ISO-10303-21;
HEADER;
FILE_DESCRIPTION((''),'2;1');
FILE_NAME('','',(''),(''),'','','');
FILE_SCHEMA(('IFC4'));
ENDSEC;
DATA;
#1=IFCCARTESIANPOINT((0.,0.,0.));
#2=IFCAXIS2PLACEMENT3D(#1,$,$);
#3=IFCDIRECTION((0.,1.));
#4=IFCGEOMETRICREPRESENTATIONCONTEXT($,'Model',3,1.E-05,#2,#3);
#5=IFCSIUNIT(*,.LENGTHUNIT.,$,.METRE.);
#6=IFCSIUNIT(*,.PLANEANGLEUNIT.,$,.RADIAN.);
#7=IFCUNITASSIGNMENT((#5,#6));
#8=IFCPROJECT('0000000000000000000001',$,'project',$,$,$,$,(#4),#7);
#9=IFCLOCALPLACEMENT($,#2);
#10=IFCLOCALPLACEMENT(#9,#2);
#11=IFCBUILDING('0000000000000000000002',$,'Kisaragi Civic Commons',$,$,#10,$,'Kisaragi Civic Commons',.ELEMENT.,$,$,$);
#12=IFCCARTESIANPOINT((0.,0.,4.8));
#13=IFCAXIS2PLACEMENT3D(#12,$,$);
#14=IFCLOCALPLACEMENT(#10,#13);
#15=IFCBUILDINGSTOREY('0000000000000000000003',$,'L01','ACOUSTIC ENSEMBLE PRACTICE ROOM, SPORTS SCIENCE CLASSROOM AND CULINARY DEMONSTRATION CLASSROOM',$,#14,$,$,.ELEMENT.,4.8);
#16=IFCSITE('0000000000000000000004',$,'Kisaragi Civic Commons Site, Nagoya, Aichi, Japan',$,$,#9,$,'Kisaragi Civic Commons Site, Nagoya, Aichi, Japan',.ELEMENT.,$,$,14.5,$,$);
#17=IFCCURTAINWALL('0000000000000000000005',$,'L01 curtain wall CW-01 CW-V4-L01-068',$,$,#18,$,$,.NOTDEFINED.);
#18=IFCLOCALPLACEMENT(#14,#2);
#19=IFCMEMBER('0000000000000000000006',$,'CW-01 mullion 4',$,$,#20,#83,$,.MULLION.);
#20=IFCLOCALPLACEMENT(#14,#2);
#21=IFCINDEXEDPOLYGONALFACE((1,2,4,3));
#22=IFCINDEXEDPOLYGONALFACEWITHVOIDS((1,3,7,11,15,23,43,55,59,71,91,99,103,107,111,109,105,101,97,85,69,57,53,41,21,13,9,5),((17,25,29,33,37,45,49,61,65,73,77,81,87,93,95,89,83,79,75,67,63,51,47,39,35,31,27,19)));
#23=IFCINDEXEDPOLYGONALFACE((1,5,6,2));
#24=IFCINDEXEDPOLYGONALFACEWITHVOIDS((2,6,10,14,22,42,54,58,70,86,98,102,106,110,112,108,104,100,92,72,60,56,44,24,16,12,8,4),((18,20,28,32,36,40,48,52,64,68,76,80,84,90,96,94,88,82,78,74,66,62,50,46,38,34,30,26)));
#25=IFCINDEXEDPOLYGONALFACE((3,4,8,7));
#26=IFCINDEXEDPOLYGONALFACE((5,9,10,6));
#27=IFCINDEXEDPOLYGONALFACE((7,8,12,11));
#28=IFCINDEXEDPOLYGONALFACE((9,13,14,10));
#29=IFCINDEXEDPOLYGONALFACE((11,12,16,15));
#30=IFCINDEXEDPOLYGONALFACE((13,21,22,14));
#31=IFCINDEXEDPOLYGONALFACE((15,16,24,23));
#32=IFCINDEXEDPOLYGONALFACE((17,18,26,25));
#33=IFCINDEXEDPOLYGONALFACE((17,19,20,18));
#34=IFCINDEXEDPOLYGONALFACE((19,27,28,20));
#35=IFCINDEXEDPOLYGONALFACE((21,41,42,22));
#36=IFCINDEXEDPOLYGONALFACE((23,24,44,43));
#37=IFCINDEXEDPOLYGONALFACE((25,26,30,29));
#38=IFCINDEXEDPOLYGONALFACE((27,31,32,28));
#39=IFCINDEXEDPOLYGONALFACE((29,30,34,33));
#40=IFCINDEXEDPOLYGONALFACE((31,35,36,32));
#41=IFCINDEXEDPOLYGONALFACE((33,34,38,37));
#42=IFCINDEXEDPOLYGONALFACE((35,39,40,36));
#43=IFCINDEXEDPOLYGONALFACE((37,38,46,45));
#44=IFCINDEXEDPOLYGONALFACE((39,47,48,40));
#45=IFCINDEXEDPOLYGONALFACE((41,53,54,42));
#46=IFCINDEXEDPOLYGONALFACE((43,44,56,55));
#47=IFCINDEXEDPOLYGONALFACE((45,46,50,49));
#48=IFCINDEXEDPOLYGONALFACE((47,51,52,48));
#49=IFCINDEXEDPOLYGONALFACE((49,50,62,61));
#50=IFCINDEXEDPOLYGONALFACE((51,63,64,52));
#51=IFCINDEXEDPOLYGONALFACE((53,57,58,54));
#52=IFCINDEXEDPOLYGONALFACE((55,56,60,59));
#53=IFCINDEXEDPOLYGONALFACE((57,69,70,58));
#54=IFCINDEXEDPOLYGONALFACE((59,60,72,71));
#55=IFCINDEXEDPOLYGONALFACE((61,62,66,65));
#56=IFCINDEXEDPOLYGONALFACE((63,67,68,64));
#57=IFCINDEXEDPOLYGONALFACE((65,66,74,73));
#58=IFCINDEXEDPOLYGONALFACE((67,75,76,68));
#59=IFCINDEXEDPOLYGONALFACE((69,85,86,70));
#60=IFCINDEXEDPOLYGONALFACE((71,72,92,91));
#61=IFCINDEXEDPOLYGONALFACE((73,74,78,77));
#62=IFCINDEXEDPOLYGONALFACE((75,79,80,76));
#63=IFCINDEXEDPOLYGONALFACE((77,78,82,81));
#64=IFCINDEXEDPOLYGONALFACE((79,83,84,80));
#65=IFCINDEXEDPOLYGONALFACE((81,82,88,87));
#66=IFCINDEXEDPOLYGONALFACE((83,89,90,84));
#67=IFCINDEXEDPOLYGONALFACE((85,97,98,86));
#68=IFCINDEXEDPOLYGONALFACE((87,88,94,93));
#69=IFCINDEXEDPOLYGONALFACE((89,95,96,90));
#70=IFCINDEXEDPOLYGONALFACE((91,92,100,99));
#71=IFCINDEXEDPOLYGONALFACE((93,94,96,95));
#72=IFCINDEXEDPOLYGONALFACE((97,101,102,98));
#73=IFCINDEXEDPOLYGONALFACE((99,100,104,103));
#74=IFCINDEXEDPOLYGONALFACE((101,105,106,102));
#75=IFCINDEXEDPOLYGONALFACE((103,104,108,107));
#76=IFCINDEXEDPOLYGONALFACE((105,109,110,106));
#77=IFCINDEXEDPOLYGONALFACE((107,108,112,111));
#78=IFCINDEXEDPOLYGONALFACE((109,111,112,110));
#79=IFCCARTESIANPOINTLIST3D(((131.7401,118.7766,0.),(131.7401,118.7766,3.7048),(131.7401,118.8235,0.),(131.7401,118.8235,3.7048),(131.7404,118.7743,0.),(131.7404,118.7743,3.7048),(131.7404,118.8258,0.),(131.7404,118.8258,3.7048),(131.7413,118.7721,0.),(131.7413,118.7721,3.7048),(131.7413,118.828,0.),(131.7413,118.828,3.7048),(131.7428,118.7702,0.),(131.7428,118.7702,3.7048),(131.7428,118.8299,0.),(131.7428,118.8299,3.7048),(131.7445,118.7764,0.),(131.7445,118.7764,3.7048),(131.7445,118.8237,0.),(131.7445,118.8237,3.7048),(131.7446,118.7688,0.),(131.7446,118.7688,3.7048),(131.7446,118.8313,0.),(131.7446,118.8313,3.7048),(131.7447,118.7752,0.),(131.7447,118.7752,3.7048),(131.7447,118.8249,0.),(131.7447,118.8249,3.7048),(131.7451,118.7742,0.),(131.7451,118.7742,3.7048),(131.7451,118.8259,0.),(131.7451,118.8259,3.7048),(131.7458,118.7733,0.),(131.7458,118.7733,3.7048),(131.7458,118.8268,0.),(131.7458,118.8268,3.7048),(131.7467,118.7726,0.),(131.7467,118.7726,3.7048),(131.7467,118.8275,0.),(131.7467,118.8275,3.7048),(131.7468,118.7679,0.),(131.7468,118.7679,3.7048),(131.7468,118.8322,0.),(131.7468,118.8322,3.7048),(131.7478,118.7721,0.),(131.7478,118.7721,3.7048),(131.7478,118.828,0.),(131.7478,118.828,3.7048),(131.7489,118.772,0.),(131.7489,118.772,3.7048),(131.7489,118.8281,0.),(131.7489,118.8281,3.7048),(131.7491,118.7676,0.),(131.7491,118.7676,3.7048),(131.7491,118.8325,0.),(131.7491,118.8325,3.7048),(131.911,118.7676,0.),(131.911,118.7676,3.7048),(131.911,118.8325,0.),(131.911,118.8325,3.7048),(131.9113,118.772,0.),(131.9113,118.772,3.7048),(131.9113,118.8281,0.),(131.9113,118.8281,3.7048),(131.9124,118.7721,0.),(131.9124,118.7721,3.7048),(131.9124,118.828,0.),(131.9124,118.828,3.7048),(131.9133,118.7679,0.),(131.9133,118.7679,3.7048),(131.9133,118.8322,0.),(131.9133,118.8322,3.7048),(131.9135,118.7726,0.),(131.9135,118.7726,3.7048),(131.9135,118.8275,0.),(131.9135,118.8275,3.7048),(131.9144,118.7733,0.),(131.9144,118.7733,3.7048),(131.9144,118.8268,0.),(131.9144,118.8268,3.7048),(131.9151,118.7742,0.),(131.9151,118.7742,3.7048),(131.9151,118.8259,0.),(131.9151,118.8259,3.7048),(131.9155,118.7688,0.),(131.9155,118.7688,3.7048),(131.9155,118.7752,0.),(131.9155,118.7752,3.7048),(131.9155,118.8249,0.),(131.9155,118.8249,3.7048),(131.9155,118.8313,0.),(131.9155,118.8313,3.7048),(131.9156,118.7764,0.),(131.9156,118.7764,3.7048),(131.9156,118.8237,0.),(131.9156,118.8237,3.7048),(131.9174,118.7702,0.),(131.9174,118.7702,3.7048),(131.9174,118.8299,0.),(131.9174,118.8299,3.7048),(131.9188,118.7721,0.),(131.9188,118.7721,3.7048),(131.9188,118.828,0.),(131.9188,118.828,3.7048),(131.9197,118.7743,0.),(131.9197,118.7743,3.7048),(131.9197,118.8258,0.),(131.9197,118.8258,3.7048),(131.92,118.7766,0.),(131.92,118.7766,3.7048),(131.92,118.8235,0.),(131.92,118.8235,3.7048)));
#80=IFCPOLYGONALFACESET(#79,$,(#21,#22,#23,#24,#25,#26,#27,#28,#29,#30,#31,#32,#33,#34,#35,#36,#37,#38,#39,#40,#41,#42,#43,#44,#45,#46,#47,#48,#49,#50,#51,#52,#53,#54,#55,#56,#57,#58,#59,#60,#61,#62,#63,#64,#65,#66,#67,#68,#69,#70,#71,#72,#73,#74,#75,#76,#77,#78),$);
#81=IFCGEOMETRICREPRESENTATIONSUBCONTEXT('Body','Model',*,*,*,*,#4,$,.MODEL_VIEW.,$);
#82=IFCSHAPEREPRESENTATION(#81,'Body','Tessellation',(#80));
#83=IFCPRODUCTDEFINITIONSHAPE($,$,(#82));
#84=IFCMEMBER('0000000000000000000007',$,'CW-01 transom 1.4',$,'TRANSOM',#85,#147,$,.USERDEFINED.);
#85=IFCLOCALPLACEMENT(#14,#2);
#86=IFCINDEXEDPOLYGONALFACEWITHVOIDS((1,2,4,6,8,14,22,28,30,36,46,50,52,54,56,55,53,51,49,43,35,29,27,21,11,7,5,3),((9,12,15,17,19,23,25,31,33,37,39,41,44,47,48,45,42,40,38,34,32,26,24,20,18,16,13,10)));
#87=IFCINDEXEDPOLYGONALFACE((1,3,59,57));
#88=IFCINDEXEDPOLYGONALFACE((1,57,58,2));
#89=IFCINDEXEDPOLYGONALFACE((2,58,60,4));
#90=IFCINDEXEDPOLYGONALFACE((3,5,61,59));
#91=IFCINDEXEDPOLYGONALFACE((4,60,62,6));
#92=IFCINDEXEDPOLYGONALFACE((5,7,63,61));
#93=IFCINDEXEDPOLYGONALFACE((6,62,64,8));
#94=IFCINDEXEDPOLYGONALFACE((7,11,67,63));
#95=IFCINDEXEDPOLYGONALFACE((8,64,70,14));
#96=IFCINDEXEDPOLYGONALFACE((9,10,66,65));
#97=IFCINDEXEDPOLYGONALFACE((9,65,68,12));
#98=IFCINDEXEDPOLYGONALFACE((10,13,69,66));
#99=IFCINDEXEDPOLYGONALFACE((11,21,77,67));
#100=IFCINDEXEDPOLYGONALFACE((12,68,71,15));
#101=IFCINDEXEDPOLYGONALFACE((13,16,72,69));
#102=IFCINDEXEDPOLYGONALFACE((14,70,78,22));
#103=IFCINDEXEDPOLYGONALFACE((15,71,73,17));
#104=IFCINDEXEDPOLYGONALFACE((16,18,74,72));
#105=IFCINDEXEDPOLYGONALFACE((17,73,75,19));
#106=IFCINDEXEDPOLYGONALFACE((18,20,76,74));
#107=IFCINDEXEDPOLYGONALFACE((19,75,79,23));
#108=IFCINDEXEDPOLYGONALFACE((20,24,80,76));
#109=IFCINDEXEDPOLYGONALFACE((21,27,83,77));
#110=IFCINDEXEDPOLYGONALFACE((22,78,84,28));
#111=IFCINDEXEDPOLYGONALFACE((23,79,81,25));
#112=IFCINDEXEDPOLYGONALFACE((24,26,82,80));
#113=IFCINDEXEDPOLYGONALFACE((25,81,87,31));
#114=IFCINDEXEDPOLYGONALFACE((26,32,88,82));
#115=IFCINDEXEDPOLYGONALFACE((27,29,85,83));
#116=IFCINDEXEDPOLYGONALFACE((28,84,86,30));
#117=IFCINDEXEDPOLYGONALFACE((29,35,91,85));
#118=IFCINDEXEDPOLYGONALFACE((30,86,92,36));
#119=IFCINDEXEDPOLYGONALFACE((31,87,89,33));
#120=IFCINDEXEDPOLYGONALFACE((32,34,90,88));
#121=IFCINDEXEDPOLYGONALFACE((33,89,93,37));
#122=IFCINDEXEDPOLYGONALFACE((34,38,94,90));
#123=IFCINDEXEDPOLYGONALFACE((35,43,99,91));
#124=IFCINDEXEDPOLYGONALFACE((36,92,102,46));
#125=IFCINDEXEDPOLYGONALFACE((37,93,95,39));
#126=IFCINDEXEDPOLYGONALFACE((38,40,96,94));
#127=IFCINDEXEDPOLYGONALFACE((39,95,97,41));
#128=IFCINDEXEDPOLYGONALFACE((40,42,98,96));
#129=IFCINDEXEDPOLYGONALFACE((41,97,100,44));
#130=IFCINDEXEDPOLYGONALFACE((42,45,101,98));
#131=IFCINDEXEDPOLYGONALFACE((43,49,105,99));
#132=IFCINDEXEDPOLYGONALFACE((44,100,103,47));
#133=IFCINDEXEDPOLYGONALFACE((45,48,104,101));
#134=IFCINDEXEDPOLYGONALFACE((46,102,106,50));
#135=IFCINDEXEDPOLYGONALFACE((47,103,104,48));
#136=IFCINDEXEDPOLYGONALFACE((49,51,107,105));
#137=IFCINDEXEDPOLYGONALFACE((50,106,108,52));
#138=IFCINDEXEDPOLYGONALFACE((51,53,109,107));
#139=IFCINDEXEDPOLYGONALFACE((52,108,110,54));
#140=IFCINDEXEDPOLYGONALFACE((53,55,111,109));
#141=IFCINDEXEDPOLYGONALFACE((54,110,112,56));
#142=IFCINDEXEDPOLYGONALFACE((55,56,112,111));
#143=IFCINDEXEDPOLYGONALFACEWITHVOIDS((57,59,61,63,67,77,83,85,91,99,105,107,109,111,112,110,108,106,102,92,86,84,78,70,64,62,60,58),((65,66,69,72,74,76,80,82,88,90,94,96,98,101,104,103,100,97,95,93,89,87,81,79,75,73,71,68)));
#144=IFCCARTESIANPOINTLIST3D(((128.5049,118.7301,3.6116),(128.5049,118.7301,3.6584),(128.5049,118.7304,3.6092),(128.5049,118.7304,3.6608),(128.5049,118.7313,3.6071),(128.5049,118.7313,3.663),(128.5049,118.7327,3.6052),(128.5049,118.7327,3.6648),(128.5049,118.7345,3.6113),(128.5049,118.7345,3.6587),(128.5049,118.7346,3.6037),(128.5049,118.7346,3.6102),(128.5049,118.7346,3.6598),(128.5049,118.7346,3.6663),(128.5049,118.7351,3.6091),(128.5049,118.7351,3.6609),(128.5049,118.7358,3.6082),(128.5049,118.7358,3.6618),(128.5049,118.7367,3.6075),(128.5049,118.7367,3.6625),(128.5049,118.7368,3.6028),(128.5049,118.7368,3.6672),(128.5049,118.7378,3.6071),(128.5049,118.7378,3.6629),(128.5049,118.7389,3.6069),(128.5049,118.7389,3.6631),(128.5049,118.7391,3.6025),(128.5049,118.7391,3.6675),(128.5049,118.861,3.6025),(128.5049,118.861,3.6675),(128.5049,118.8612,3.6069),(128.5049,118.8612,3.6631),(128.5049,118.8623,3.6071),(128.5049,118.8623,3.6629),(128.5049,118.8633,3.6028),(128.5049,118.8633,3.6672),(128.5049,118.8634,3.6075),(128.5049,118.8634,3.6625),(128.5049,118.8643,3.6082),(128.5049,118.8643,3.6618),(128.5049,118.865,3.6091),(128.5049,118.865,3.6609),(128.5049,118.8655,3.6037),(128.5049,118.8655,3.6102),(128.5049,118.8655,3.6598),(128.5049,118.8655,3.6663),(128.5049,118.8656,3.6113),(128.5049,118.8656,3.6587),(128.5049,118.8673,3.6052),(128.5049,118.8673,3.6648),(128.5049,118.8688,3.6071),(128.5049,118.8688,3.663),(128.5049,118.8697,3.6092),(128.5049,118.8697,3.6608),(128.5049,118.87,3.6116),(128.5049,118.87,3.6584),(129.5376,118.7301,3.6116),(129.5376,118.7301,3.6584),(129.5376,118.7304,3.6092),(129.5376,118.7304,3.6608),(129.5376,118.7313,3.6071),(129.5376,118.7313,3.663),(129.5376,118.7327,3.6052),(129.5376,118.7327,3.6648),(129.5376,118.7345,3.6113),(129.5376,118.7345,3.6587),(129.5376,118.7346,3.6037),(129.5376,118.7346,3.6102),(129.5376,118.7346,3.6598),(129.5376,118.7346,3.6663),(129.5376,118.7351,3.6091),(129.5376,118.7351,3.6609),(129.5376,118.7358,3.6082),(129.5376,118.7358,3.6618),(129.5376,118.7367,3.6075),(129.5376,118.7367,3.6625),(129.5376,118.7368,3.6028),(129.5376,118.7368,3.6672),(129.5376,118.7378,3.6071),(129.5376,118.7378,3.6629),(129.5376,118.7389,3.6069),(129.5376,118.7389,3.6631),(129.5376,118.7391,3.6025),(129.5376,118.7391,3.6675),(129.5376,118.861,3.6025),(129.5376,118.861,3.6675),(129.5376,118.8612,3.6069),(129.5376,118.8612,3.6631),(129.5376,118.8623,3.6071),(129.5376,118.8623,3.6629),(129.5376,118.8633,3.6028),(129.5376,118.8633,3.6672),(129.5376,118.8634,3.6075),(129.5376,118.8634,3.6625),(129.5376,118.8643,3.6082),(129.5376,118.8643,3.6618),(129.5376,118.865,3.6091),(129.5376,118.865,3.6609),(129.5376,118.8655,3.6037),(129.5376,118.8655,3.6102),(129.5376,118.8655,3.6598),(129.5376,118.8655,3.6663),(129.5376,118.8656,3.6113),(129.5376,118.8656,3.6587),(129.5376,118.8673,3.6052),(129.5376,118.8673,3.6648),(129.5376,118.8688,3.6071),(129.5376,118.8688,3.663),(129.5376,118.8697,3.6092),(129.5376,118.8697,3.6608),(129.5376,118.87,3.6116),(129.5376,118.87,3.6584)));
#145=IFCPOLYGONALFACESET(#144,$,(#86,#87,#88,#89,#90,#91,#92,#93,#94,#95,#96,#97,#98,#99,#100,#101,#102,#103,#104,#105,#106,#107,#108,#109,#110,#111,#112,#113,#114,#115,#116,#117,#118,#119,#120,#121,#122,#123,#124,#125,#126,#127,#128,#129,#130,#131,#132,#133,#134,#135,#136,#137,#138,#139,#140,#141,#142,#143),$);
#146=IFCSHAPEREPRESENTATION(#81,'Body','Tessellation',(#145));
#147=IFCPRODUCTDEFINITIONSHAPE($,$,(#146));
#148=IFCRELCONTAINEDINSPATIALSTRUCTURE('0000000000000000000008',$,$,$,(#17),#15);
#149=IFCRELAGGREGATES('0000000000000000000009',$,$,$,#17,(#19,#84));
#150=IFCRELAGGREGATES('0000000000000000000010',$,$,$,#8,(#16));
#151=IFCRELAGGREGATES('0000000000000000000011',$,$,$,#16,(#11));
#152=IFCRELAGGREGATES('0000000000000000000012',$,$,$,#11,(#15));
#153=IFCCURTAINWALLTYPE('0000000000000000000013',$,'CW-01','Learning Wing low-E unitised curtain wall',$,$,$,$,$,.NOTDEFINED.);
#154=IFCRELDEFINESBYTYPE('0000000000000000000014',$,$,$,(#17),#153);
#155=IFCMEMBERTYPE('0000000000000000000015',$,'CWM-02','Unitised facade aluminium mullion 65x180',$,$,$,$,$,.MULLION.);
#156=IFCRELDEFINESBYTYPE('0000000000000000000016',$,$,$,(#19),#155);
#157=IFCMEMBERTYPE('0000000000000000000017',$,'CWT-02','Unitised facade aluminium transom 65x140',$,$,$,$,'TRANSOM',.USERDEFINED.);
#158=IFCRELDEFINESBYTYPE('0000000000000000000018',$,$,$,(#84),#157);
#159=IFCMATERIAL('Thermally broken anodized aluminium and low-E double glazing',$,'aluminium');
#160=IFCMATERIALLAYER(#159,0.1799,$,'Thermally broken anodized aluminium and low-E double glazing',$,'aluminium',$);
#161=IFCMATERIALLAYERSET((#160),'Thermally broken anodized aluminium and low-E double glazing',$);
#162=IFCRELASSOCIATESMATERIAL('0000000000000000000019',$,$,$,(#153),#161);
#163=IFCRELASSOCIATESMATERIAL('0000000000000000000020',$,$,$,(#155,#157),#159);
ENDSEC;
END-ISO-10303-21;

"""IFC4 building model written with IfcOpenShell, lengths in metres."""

from ifc_helpers import new_model, si_unit, direction, frame, origin, origin_2d, place, context, subcontext, project, spatial, hollow_rectangle, extrude, material, layer, layer_set, material_profile, profile_set, type_object, element, aggregate, save


model = new_model("IFC4")

# Units and contexts
model_context = context("Model", 3, precision=1e-05, world=origin(), true_north=direction((0.0, 1.0)))
body_context = subcontext(model_context, "Body", "Model", "MODEL_VIEW")
ifc_project = project(units=[si_unit("LENGTHUNIT", "METRE"), si_unit("PLANEANGLEUNIT", "RADIAN")], contexts=[model_context])

# Site, building, storey
site_placement = place(None, origin())
site = spatial("IfcSite", under=ifc_project, at=site_placement, Name="Kisaragi Civic Commons Site, Nagoya, Aichi, Japan", LongName="Kisaragi Civic Commons Site, Nagoya, Aichi, Japan", CompositionType="ELEMENT", RefElevation=14.5)
building_placement = place(site_placement, origin())
building = spatial("IfcBuilding", under=site, at=building_placement, Name="Kisaragi Civic Commons", LongName="Kisaragi Civic Commons", CompositionType="ELEMENT")
storey_placement = place(building_placement, frame((0.0, 0.0, 4.8)))
storey = spatial("IfcBuildingStorey", under=building, at=storey_placement, Name="L01", Description="ACOUSTIC ENSEMBLE PRACTICE ROOM, SPORTS SCIENCE CLASSROOM AND CULINARY DEMONSTRATION CLASSROOM", CompositionType="ELEMENT", Elevation=4.8)

# Curtain wall, members
ifc_material = material(Name="Thermally broken anodized aluminium and low-E double glazing", Category="aluminium")
ifc_layer_1 = layer(ifc_material, 0.1799, Name="Thermally broken anodized aluminium and low-E double glazing", Category="aluminium")
ifc_layer_set_1 = layer_set([ifc_layer_1], Name="Thermally broken anodized aluminium and low-E double glazing")
curtain_wall_type = type_object("IfcCurtainWallType", Name="CW-01", Description="Learning Wing low-E unitised curtain wall", PredefinedType="NOTDEFINED", material=ifc_layer_set_1)
curtain_wall_placement = place(storey_placement, origin())
curtain_wall = element("IfcCurtainWall", 1, at=curtain_wall_placement, inside=storey, type_object=curtain_wall_type, Name="L01 curtain wall CW-01 CW-V4-L01-068", PredefinedType="NOTDEFINED")
ifc_material_profile_1 = material_profile(ifc_material, hollow_rectangle(XDim=0.0649, YDim=0.1799, WallThickness=0.0044, InnerFilletRadius=0.0044, OuterFilletRadius=0.009, at=origin_2d()), Name="CWM-65x180x4.5", Category="aluminium")
ifc_profile_set_1 = profile_set([ifc_material_profile_1], Name="Thermally broken anodized aluminium and low-E double glazing")
member_type_1 = type_object("IfcMemberType", Name="CWM-02", Description="Unitised facade aluminium mullion 65x180", PredefinedType="MULLION", material=ifc_profile_set_1)
member_1_placement = place(storey_placement, frame((131.8301, 118.8, 0.0), z_axis=(0.0, 0.0, 1.0), x_axis=(0.0, 1.0, 0.0)))
member_1 = element("IfcMember", 2, at=member_1_placement, type_object=member_type_1, Name="CW-01 mullion 4", PredefinedType="MULLION", context=body_context, shape_type="SweptSolid", body=[
    extrude(hollow_rectangle(XDim=0.0649, YDim=0.1799, WallThickness=0.0044, InnerFilletRadius=0.0044, OuterFilletRadius=0.009, at=origin_2d()), origin(), (0.0, 0.0, 1.0), 3.7048),
])
ifc_material_profile_2 = material_profile(ifc_material, hollow_rectangle(XDim=0.1399, YDim=0.0649, WallThickness=0.0044, InnerFilletRadius=0.0044, OuterFilletRadius=0.009, at=origin_2d()), Name="CWT-65x140x4.5", Category="aluminium")
ifc_profile_set_2 = profile_set([ifc_material_profile_2], Name="Thermally broken anodized aluminium and low-E double glazing")
member_type_2 = type_object("IfcMemberType", Name="CWT-02", Description="Unitised facade aluminium transom 65x140", ElementType="TRANSOM", PredefinedType="USERDEFINED", material=ifc_profile_set_2)
member_2_placement = place(storey_placement, frame((128.5049, 118.8, 3.635), z_axis=(1.0, 0.0, 0.0), x_axis=(0.0, 1.0, 0.0)))
member_2 = element("IfcMember", 3, at=member_2_placement, type_object=member_type_2, Name="CW-01 transom 1.4", ObjectType="TRANSOM", PredefinedType="USERDEFINED", context=body_context, shape_type="SweptSolid", body=[
    extrude(hollow_rectangle(XDim=0.1399, YDim=0.0649, WallThickness=0.0044, InnerFilletRadius=0.0044, OuterFilletRadius=0.009, at=origin_2d()), origin(), (0.0, 0.0, 1.0), 1.0327),
])
aggregate(curtain_wall, [member_1, member_2])

save(model, "model.ifc")
